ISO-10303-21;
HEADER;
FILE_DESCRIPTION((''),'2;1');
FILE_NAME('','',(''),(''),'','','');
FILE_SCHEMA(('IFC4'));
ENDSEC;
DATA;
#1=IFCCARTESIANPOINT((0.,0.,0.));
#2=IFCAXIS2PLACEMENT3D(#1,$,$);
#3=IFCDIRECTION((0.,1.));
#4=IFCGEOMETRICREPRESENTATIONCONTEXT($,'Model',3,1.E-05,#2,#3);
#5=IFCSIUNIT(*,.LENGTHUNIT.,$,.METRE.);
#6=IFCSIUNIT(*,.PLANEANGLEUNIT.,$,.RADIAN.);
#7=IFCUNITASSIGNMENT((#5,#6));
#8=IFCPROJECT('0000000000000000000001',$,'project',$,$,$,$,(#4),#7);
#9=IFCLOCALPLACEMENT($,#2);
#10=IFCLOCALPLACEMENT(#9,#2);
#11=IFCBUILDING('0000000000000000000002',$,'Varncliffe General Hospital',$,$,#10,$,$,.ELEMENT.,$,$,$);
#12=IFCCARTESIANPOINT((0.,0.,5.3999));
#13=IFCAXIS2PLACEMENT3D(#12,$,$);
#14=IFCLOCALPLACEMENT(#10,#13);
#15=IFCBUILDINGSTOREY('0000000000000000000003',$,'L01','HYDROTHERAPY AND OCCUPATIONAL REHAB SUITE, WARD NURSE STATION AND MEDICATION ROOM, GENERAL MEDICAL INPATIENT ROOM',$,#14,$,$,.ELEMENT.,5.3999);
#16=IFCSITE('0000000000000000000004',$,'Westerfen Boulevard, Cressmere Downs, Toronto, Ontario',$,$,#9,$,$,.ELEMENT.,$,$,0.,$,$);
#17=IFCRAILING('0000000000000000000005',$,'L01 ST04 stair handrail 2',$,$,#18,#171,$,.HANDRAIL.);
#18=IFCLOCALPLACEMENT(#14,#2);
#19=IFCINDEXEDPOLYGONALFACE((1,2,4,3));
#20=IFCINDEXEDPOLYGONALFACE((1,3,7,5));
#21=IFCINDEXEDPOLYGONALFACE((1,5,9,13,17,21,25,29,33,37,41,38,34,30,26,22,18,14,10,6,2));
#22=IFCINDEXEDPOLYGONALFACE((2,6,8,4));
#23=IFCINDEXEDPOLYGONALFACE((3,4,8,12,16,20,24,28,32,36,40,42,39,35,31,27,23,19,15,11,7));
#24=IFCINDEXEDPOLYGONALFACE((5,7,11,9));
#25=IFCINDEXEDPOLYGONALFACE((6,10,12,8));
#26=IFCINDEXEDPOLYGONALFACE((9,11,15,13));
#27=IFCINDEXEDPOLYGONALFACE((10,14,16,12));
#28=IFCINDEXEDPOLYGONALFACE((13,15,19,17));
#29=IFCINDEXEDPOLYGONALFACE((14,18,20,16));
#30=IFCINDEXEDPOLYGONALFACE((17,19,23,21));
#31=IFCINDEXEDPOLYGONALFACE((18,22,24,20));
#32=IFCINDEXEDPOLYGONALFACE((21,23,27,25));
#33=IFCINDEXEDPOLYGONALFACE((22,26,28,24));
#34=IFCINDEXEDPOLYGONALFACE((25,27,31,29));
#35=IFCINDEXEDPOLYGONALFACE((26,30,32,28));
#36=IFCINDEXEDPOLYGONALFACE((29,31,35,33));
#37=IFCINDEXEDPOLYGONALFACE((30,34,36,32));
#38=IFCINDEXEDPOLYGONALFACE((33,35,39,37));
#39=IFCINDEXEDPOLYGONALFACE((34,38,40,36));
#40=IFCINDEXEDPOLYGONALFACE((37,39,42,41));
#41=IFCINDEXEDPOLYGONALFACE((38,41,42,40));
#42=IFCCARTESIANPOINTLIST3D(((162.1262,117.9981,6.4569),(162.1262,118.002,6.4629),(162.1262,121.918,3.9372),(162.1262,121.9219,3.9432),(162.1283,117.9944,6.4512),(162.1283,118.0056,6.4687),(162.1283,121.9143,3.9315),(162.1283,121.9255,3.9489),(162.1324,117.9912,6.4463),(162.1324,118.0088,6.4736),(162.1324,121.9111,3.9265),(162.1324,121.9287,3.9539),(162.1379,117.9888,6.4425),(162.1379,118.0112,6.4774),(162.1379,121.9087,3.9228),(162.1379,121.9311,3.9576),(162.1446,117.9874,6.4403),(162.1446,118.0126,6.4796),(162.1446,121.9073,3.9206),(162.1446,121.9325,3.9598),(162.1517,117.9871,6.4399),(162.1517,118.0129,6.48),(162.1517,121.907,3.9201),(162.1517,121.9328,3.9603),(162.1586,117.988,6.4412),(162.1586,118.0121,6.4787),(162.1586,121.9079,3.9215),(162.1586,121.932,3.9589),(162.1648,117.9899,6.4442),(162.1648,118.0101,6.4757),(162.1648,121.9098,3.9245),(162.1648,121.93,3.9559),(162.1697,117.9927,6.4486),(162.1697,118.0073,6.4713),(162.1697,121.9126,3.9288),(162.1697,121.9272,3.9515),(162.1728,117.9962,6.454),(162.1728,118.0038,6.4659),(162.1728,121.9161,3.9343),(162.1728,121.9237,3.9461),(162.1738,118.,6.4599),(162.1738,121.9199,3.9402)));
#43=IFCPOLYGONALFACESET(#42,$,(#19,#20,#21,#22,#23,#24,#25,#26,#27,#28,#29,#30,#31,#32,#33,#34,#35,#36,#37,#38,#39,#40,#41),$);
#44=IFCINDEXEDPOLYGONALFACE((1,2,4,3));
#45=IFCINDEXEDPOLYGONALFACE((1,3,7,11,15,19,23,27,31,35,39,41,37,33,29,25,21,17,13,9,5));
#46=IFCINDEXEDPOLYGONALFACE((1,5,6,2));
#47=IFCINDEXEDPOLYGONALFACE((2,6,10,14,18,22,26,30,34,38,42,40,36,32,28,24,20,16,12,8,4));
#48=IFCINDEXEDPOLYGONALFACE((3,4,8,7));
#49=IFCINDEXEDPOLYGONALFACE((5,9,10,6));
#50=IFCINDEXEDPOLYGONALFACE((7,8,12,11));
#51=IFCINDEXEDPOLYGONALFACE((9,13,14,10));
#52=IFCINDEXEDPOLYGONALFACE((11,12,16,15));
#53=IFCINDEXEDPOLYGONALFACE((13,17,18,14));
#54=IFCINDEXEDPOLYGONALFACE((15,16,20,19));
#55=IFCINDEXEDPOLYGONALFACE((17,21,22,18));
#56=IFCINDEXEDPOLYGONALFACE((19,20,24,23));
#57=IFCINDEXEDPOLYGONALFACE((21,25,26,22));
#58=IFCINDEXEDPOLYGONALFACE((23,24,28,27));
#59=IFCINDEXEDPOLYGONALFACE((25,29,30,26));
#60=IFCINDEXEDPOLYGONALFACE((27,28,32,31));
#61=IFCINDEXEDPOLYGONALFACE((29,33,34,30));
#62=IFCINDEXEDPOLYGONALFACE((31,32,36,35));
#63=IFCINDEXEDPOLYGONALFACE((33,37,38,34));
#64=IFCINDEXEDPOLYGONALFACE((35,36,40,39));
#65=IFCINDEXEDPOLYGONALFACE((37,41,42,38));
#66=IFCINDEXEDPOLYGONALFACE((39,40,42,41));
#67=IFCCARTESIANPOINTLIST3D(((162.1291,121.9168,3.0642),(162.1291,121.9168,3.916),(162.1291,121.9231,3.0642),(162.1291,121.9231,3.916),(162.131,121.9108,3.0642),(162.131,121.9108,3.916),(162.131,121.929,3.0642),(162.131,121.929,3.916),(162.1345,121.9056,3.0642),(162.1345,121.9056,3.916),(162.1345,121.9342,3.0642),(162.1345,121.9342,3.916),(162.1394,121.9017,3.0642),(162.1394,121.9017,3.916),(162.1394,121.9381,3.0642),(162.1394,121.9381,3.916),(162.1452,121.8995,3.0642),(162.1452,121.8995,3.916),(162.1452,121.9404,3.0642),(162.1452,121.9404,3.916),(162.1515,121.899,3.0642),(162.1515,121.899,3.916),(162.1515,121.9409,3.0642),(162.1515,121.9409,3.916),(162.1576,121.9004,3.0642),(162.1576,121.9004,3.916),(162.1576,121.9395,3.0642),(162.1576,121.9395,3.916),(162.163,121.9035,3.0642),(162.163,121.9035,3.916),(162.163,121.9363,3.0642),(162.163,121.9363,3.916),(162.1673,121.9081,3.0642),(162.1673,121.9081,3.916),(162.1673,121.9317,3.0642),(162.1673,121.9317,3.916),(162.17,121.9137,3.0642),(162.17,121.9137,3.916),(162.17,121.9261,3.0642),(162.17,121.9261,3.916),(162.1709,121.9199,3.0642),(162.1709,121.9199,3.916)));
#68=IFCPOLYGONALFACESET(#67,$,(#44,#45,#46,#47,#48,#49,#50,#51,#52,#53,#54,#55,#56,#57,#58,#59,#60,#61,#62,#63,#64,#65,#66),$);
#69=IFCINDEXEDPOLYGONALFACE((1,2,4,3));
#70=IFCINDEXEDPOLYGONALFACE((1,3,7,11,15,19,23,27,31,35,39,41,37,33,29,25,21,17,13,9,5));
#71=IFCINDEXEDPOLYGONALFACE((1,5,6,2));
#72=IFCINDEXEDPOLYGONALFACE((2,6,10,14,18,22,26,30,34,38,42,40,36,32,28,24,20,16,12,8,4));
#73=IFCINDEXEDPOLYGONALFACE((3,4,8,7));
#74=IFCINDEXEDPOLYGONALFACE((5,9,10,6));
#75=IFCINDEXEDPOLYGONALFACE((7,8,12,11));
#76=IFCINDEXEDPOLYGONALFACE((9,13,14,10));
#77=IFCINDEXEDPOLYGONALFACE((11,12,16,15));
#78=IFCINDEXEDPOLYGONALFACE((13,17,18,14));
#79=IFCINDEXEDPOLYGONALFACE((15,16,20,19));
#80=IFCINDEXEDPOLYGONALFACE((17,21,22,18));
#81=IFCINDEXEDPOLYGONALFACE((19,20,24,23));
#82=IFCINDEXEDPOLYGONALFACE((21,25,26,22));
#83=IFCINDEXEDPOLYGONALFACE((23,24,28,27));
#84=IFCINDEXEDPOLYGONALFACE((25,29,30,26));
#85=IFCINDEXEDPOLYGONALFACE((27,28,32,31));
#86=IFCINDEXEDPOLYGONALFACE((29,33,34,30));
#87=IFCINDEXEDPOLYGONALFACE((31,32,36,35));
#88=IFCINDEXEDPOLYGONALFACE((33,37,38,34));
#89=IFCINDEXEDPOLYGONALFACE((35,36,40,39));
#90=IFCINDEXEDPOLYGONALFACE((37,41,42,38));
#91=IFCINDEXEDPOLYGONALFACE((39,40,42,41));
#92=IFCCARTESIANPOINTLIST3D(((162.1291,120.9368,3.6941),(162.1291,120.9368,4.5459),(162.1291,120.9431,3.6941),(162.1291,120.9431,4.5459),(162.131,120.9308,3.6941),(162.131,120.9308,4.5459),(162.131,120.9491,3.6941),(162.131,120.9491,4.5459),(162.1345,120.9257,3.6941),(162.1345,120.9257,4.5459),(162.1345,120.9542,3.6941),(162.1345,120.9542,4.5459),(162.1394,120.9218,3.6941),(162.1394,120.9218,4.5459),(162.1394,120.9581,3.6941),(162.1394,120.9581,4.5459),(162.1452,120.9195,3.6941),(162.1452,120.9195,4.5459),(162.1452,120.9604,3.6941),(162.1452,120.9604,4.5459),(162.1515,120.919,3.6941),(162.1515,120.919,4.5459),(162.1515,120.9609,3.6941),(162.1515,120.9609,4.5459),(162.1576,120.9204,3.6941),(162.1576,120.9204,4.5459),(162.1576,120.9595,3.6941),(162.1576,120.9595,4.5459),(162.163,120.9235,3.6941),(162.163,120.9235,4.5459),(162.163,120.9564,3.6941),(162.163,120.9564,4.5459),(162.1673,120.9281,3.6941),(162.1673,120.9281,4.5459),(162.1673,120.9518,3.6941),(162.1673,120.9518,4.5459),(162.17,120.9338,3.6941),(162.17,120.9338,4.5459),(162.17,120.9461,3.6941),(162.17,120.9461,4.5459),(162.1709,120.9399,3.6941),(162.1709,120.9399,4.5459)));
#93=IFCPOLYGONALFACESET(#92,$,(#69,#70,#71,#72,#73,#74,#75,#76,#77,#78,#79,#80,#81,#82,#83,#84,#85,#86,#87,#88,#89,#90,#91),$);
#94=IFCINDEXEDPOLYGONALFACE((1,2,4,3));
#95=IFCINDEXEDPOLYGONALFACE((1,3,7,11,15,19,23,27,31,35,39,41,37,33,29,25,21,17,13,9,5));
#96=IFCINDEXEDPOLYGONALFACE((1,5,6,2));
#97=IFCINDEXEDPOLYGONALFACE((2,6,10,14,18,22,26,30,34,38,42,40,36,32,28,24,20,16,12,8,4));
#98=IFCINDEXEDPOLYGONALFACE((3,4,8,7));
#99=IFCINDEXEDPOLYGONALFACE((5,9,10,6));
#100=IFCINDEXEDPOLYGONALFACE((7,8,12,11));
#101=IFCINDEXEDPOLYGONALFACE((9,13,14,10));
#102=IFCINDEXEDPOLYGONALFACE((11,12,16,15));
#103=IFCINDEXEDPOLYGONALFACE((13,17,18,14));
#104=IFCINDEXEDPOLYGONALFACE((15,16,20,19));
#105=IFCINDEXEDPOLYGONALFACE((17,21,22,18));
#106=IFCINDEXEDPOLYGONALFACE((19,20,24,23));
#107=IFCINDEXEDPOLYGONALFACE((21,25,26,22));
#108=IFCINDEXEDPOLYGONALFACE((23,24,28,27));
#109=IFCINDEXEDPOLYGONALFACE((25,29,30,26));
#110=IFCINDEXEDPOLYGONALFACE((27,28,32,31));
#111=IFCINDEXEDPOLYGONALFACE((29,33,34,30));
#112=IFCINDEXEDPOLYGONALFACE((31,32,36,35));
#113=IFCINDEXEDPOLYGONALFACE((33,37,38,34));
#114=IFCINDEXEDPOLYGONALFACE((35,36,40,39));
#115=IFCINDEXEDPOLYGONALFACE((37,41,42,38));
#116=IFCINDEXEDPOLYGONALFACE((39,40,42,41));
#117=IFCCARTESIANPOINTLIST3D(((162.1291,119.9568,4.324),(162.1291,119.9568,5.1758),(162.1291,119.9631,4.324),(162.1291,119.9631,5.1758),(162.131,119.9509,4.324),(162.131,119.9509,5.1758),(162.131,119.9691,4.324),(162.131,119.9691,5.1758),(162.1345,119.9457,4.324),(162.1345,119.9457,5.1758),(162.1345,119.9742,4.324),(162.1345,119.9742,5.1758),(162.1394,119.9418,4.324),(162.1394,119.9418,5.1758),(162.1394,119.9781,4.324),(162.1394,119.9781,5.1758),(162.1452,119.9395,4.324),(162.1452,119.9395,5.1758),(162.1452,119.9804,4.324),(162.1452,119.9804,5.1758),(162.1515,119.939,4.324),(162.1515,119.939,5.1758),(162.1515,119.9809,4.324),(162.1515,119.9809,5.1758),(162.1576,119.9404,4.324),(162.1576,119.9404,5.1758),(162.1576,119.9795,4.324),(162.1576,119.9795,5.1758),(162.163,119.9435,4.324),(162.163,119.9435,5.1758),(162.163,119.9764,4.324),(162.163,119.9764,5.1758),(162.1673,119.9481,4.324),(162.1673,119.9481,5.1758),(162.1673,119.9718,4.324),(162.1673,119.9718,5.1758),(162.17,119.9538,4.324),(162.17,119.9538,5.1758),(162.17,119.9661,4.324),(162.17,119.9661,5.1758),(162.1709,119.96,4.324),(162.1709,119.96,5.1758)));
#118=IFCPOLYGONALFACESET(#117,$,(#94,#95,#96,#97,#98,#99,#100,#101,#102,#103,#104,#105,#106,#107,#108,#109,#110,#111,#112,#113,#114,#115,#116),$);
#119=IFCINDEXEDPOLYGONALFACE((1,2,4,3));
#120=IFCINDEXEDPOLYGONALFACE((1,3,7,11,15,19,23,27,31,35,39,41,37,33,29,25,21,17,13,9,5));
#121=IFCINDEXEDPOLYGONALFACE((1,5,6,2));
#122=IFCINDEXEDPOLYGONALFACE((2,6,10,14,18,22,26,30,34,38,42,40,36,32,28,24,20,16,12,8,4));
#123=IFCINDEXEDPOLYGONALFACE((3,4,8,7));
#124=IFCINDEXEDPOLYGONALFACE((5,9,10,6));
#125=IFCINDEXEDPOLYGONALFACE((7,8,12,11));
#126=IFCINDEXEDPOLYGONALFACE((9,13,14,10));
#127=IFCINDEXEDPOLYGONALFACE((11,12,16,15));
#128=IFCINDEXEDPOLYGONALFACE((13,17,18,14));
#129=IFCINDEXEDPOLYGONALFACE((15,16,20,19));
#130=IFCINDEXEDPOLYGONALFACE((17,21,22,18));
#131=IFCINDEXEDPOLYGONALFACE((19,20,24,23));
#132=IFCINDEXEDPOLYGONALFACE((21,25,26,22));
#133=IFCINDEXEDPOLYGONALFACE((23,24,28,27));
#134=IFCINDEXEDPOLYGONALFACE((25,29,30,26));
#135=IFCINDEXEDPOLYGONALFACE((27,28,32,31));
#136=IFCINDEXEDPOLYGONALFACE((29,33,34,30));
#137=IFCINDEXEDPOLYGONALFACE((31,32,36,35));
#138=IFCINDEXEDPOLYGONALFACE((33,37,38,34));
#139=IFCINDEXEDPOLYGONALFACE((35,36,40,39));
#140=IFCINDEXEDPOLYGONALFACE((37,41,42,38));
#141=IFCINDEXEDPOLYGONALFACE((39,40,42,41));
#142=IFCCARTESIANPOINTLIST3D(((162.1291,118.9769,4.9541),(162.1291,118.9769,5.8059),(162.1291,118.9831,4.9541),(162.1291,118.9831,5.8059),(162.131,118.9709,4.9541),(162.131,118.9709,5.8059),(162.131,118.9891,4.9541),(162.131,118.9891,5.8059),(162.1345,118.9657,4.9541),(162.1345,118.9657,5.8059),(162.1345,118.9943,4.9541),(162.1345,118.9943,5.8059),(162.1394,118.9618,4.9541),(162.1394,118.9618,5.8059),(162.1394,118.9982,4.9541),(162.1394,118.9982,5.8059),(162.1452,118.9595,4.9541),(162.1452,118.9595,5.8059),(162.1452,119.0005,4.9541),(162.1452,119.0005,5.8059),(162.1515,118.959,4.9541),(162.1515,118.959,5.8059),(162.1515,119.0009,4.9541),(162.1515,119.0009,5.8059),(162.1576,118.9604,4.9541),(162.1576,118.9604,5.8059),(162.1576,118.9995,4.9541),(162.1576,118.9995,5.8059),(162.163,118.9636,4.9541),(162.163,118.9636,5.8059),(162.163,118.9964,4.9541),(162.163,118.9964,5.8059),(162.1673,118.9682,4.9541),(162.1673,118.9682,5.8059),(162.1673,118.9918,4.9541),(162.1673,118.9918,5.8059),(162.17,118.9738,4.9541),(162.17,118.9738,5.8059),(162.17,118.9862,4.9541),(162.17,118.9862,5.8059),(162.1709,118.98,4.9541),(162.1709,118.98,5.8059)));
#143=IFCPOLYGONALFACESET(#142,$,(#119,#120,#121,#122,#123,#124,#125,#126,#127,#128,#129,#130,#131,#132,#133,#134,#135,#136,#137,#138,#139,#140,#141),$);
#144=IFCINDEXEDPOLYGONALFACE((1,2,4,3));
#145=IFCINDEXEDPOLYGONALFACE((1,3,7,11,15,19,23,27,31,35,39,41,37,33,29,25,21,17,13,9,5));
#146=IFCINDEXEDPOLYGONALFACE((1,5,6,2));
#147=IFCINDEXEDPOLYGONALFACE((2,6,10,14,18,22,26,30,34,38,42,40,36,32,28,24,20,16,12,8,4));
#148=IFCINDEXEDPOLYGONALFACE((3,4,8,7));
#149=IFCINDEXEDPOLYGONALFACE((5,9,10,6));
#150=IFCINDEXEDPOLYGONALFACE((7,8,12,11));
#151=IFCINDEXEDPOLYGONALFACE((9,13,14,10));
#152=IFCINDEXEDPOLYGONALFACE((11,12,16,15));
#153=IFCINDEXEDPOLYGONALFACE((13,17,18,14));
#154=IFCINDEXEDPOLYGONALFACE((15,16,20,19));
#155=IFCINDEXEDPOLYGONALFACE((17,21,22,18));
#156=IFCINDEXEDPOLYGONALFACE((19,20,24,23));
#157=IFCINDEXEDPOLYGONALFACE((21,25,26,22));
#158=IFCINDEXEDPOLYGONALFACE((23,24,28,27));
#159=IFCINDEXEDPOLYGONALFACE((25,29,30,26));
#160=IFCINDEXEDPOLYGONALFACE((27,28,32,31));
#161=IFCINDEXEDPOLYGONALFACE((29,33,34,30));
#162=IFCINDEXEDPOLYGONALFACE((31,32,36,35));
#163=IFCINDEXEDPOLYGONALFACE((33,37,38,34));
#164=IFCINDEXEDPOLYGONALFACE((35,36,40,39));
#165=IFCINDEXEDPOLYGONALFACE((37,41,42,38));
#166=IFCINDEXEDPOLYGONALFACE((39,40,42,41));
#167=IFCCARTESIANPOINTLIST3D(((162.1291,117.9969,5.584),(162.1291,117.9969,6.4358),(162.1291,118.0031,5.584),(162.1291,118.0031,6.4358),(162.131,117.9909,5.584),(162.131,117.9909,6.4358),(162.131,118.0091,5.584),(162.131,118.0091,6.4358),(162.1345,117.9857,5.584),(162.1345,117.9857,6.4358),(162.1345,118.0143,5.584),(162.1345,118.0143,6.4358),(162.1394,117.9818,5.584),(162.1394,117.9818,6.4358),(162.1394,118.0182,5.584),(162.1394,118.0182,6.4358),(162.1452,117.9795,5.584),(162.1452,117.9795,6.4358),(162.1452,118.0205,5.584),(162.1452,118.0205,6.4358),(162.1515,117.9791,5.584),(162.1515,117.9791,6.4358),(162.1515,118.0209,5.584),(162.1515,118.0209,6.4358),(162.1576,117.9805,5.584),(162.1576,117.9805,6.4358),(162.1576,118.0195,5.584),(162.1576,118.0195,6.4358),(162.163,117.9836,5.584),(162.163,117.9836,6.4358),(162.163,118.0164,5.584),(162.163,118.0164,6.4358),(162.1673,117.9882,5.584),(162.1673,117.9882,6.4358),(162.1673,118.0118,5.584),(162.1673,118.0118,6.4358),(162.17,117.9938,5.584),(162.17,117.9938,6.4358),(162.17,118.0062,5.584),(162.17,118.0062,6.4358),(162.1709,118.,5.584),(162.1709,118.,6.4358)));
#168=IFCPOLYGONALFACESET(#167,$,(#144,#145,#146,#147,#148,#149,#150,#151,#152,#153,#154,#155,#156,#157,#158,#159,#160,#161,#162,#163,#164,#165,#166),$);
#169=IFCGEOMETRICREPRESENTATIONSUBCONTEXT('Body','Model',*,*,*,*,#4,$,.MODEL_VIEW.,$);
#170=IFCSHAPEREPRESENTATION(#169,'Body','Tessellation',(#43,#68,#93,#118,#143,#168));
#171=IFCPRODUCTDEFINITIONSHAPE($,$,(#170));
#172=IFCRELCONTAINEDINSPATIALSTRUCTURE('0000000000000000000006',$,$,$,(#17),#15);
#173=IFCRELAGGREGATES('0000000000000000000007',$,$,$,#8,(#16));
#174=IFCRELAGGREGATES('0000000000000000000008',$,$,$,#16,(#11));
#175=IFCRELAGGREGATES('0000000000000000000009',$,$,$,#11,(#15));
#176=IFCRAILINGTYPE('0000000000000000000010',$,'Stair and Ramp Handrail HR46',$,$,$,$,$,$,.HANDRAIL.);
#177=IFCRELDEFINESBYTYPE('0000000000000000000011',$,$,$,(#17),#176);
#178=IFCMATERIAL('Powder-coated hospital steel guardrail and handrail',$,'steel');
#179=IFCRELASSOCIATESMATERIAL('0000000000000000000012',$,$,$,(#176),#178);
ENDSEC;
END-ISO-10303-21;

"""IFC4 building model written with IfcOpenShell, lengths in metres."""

from ifc_helpers import new_model, si_unit, direction, frame, origin, origin_2d, place, context, subcontext, project, spatial, circle, extrude, material, type_object, element, save


model = new_model("IFC4")

# Units and contexts
model_context = context("Model", 3, precision=1e-05, world=origin(), true_north=direction((0.0, 1.0)))
body_context = subcontext(model_context, "Body", "Model", "MODEL_VIEW")
ifc_project = project(units=[si_unit("LENGTHUNIT", "METRE"), si_unit("PLANEANGLEUNIT", "RADIAN")], contexts=[model_context])

# Site, building, storey
site_placement = place(None, origin())
site = spatial("IfcSite", under=ifc_project, at=site_placement, Name="Westerfen Boulevard, Cressmere Downs, Toronto, Ontario", CompositionType="ELEMENT", RefElevation=0.0)
building_placement = place(site_placement, origin())
building = spatial("IfcBuilding", under=site, at=building_placement, Name="Varncliffe General Hospital", CompositionType="ELEMENT")
storey_placement = place(building_placement, frame((0.0, 0.0, 5.3999)))
storey = spatial("IfcBuildingStorey", under=building, at=storey_placement, Name="L01", Description="HYDROTHERAPY AND OCCUPATIONAL REHAB SUITE, WARD NURSE STATION AND MEDICATION ROOM, GENERAL MEDICAL INPATIENT ROOM", CompositionType="ELEMENT", Elevation=5.3999)

# Railing
ifc_material_1 = material(Name="Powder-coated hospital steel guardrail and handrail", Category="steel")
railing_type_1 = type_object("IfcRailingType", Name="Stair and Ramp Handrail HR46", PredefinedType="HANDRAIL", material=ifc_material_1)
railing_1_placement = place(storey_placement, frame((162.1499, 121.9199, 3.0642)))
element("IfcRailing", 1, at=railing_1_placement, inside=storey, type_object=railing_type_1, Name="L01 ST04 stair handrail 2", PredefinedType="HANDRAIL", context=body_context, shape_type="SweptSolid", body=[
    extrude(circle(Radius=0.0239, at=origin_2d()), frame((0.0, 0.0, 0.876), z_axis=(0.0, -0.841195, 0.540731), x_axis=(1.0, 0.0, 0.0)), (0.0, 0.0, 1.0), 4.6599),
    extrude(circle(Radius=0.021, at=origin_2d()), origin(), (0.0, 0.0, 1.0), 0.8518),
    extrude(circle(Radius=0.021, at=origin_2d()), frame((0.0, -0.98, 0.6299)), (0.0, 0.0, 1.0), 0.8518),
    extrude(circle(Radius=0.021, at=origin_2d()), frame((0.0, -1.96, 1.2598)), (0.0, 0.0, 1.0), 0.8518),
    extrude(circle(Radius=0.021, at=origin_2d()), frame((0.0, -2.9399, 1.8899)), (0.0, 0.0, 1.0), 0.8518),
    extrude(circle(Radius=0.021, at=origin_2d()), frame((0.0, -3.9199, 2.5198)), (0.0, 0.0, 1.0), 0.8518),
])

save(model, "model.ifc")
